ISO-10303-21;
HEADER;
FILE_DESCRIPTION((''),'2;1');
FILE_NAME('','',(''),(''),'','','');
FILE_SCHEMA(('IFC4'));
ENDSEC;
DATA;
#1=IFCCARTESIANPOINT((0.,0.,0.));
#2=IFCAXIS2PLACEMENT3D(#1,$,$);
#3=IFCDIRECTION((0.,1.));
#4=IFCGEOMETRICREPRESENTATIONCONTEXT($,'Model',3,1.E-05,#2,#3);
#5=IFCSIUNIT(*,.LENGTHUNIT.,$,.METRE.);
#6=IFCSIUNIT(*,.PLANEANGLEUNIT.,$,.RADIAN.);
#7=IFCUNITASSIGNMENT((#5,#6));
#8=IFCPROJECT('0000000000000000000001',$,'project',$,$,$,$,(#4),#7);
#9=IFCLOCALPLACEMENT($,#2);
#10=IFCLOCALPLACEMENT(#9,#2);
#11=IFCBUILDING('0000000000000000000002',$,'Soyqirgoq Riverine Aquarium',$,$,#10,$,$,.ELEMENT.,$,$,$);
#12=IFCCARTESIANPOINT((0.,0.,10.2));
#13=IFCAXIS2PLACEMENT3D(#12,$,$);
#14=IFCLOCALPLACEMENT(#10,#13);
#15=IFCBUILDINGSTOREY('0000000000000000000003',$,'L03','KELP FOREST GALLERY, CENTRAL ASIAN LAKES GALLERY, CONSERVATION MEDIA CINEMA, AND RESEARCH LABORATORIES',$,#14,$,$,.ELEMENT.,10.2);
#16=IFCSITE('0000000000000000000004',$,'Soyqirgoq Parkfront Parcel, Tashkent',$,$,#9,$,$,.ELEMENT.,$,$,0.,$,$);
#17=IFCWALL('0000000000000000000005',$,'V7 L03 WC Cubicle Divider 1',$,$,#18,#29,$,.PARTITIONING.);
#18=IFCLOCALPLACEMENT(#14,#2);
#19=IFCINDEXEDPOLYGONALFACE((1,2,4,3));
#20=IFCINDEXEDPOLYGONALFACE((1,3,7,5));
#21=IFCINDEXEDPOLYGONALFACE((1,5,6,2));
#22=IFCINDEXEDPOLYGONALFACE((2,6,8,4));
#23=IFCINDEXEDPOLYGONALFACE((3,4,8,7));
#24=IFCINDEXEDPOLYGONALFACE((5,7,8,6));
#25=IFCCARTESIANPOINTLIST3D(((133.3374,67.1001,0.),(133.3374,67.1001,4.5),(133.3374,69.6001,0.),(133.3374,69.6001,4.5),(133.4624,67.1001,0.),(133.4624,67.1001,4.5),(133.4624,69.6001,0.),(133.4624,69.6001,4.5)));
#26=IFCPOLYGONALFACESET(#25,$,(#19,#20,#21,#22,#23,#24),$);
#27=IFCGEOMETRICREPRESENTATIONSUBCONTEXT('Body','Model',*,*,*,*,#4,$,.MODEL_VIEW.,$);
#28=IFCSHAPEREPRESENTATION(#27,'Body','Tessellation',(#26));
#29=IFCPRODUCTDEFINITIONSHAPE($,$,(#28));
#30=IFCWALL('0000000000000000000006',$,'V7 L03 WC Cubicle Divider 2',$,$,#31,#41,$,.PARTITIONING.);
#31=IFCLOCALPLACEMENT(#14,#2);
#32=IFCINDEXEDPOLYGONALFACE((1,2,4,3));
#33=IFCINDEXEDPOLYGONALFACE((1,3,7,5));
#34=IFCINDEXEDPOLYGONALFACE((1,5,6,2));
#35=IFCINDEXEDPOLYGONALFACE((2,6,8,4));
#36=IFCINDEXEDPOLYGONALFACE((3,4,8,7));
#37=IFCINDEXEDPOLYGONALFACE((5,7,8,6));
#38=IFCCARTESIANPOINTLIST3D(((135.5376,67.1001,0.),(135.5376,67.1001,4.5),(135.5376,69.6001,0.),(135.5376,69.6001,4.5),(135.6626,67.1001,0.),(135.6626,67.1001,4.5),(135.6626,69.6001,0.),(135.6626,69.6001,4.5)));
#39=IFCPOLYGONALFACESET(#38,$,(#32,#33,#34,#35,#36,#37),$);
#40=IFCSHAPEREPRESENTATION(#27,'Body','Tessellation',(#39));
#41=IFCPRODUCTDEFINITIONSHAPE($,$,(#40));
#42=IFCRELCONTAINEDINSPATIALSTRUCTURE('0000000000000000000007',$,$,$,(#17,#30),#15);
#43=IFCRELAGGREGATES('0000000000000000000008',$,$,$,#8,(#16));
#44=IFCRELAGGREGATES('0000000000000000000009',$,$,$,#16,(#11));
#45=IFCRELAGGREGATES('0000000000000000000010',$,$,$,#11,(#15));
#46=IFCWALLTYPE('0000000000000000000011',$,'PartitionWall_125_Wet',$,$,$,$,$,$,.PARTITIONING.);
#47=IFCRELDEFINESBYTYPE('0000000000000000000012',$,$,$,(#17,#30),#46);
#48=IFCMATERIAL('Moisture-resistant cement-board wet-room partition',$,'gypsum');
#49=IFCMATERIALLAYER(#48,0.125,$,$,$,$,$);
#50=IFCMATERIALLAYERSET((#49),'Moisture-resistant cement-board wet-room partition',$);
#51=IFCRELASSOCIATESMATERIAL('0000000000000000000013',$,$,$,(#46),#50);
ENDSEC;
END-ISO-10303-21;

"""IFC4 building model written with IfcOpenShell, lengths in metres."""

from ifc_helpers import new_model, si_unit, direction, frame, frame_2d, origin, place, context, subcontext, project, spatial, rectangle, extrude, material, layer, layer_set, type_object, element, save


model = new_model("IFC4")

# Units and contexts
model_context = context("Model", 3, precision=1e-05, world=origin(), true_north=direction((0.0, 1.0)))
body_context = subcontext(model_context, "Body", "Model", "MODEL_VIEW")
ifc_project = project(units=[si_unit("LENGTHUNIT", "METRE"), si_unit("PLANEANGLEUNIT", "RADIAN")], contexts=[model_context])

# Site, building, storey
site_placement = place(None, origin())
site = spatial("IfcSite", under=ifc_project, at=site_placement, Name="Soyqirgoq Parkfront Parcel, Tashkent", CompositionType="ELEMENT", RefElevation=0.0)
building_placement = place(site_placement, origin())
building = spatial("IfcBuilding", under=site, at=building_placement, Name="Soyqirgoq Riverine Aquarium", CompositionType="ELEMENT")
storey_placement = place(building_placement, frame((0.0, 0.0, 10.2)))
storey = spatial("IfcBuildingStorey", under=building, at=storey_placement, Name="L03", Description="KELP FOREST GALLERY, CENTRAL ASIAN LAKES GALLERY, CONSERVATION MEDIA CINEMA, AND RESEARCH LABORATORIES", CompositionType="ELEMENT", Elevation=10.2)

# Walls
ifc_material_1 = material(Name="Moisture-resistant cement-board wet-room partition", Category="gypsum")
ifc_layer_1 = layer(ifc_material_1, 0.125)
ifc_layer_set_1 = layer_set([ifc_layer_1], Name="Moisture-resistant cement-board wet-room partition")
wall_type_1 = type_object("IfcWallType", Name="PartitionWall_125_Wet", PredefinedType="PARTITIONING", material=ifc_layer_set_1)
for number, where, z_axis, x_axis, name in (
    (1, (133.3999, 67.1001, 0.0), (0.0, 0.0, 1.0), (0.0, 1.0, 0.0), "V7 L03 WC Cubicle Divider 1"),
    (2, (135.6001, 67.1001, 0.0), (0.0, 0.0, 1.0), (0.0, 1.0, 0.0), "V7 L03 WC Cubicle Divider 2"),
):
    element("IfcWall", number, at=place(storey_placement, frame(where, z_axis=z_axis, x_axis=x_axis)), inside=storey, type_object=wall_type_1, Name=name, PredefinedType="PARTITIONING", context=body_context, shape_type="SweptSolid", body=[
        extrude(rectangle(XDim=2.5, YDim=0.125, at=frame_2d((1.25, 0.0))), origin(), (0.0, 0.0, 1.0), 4.5),
    ])

save(model, "model.ifc")
